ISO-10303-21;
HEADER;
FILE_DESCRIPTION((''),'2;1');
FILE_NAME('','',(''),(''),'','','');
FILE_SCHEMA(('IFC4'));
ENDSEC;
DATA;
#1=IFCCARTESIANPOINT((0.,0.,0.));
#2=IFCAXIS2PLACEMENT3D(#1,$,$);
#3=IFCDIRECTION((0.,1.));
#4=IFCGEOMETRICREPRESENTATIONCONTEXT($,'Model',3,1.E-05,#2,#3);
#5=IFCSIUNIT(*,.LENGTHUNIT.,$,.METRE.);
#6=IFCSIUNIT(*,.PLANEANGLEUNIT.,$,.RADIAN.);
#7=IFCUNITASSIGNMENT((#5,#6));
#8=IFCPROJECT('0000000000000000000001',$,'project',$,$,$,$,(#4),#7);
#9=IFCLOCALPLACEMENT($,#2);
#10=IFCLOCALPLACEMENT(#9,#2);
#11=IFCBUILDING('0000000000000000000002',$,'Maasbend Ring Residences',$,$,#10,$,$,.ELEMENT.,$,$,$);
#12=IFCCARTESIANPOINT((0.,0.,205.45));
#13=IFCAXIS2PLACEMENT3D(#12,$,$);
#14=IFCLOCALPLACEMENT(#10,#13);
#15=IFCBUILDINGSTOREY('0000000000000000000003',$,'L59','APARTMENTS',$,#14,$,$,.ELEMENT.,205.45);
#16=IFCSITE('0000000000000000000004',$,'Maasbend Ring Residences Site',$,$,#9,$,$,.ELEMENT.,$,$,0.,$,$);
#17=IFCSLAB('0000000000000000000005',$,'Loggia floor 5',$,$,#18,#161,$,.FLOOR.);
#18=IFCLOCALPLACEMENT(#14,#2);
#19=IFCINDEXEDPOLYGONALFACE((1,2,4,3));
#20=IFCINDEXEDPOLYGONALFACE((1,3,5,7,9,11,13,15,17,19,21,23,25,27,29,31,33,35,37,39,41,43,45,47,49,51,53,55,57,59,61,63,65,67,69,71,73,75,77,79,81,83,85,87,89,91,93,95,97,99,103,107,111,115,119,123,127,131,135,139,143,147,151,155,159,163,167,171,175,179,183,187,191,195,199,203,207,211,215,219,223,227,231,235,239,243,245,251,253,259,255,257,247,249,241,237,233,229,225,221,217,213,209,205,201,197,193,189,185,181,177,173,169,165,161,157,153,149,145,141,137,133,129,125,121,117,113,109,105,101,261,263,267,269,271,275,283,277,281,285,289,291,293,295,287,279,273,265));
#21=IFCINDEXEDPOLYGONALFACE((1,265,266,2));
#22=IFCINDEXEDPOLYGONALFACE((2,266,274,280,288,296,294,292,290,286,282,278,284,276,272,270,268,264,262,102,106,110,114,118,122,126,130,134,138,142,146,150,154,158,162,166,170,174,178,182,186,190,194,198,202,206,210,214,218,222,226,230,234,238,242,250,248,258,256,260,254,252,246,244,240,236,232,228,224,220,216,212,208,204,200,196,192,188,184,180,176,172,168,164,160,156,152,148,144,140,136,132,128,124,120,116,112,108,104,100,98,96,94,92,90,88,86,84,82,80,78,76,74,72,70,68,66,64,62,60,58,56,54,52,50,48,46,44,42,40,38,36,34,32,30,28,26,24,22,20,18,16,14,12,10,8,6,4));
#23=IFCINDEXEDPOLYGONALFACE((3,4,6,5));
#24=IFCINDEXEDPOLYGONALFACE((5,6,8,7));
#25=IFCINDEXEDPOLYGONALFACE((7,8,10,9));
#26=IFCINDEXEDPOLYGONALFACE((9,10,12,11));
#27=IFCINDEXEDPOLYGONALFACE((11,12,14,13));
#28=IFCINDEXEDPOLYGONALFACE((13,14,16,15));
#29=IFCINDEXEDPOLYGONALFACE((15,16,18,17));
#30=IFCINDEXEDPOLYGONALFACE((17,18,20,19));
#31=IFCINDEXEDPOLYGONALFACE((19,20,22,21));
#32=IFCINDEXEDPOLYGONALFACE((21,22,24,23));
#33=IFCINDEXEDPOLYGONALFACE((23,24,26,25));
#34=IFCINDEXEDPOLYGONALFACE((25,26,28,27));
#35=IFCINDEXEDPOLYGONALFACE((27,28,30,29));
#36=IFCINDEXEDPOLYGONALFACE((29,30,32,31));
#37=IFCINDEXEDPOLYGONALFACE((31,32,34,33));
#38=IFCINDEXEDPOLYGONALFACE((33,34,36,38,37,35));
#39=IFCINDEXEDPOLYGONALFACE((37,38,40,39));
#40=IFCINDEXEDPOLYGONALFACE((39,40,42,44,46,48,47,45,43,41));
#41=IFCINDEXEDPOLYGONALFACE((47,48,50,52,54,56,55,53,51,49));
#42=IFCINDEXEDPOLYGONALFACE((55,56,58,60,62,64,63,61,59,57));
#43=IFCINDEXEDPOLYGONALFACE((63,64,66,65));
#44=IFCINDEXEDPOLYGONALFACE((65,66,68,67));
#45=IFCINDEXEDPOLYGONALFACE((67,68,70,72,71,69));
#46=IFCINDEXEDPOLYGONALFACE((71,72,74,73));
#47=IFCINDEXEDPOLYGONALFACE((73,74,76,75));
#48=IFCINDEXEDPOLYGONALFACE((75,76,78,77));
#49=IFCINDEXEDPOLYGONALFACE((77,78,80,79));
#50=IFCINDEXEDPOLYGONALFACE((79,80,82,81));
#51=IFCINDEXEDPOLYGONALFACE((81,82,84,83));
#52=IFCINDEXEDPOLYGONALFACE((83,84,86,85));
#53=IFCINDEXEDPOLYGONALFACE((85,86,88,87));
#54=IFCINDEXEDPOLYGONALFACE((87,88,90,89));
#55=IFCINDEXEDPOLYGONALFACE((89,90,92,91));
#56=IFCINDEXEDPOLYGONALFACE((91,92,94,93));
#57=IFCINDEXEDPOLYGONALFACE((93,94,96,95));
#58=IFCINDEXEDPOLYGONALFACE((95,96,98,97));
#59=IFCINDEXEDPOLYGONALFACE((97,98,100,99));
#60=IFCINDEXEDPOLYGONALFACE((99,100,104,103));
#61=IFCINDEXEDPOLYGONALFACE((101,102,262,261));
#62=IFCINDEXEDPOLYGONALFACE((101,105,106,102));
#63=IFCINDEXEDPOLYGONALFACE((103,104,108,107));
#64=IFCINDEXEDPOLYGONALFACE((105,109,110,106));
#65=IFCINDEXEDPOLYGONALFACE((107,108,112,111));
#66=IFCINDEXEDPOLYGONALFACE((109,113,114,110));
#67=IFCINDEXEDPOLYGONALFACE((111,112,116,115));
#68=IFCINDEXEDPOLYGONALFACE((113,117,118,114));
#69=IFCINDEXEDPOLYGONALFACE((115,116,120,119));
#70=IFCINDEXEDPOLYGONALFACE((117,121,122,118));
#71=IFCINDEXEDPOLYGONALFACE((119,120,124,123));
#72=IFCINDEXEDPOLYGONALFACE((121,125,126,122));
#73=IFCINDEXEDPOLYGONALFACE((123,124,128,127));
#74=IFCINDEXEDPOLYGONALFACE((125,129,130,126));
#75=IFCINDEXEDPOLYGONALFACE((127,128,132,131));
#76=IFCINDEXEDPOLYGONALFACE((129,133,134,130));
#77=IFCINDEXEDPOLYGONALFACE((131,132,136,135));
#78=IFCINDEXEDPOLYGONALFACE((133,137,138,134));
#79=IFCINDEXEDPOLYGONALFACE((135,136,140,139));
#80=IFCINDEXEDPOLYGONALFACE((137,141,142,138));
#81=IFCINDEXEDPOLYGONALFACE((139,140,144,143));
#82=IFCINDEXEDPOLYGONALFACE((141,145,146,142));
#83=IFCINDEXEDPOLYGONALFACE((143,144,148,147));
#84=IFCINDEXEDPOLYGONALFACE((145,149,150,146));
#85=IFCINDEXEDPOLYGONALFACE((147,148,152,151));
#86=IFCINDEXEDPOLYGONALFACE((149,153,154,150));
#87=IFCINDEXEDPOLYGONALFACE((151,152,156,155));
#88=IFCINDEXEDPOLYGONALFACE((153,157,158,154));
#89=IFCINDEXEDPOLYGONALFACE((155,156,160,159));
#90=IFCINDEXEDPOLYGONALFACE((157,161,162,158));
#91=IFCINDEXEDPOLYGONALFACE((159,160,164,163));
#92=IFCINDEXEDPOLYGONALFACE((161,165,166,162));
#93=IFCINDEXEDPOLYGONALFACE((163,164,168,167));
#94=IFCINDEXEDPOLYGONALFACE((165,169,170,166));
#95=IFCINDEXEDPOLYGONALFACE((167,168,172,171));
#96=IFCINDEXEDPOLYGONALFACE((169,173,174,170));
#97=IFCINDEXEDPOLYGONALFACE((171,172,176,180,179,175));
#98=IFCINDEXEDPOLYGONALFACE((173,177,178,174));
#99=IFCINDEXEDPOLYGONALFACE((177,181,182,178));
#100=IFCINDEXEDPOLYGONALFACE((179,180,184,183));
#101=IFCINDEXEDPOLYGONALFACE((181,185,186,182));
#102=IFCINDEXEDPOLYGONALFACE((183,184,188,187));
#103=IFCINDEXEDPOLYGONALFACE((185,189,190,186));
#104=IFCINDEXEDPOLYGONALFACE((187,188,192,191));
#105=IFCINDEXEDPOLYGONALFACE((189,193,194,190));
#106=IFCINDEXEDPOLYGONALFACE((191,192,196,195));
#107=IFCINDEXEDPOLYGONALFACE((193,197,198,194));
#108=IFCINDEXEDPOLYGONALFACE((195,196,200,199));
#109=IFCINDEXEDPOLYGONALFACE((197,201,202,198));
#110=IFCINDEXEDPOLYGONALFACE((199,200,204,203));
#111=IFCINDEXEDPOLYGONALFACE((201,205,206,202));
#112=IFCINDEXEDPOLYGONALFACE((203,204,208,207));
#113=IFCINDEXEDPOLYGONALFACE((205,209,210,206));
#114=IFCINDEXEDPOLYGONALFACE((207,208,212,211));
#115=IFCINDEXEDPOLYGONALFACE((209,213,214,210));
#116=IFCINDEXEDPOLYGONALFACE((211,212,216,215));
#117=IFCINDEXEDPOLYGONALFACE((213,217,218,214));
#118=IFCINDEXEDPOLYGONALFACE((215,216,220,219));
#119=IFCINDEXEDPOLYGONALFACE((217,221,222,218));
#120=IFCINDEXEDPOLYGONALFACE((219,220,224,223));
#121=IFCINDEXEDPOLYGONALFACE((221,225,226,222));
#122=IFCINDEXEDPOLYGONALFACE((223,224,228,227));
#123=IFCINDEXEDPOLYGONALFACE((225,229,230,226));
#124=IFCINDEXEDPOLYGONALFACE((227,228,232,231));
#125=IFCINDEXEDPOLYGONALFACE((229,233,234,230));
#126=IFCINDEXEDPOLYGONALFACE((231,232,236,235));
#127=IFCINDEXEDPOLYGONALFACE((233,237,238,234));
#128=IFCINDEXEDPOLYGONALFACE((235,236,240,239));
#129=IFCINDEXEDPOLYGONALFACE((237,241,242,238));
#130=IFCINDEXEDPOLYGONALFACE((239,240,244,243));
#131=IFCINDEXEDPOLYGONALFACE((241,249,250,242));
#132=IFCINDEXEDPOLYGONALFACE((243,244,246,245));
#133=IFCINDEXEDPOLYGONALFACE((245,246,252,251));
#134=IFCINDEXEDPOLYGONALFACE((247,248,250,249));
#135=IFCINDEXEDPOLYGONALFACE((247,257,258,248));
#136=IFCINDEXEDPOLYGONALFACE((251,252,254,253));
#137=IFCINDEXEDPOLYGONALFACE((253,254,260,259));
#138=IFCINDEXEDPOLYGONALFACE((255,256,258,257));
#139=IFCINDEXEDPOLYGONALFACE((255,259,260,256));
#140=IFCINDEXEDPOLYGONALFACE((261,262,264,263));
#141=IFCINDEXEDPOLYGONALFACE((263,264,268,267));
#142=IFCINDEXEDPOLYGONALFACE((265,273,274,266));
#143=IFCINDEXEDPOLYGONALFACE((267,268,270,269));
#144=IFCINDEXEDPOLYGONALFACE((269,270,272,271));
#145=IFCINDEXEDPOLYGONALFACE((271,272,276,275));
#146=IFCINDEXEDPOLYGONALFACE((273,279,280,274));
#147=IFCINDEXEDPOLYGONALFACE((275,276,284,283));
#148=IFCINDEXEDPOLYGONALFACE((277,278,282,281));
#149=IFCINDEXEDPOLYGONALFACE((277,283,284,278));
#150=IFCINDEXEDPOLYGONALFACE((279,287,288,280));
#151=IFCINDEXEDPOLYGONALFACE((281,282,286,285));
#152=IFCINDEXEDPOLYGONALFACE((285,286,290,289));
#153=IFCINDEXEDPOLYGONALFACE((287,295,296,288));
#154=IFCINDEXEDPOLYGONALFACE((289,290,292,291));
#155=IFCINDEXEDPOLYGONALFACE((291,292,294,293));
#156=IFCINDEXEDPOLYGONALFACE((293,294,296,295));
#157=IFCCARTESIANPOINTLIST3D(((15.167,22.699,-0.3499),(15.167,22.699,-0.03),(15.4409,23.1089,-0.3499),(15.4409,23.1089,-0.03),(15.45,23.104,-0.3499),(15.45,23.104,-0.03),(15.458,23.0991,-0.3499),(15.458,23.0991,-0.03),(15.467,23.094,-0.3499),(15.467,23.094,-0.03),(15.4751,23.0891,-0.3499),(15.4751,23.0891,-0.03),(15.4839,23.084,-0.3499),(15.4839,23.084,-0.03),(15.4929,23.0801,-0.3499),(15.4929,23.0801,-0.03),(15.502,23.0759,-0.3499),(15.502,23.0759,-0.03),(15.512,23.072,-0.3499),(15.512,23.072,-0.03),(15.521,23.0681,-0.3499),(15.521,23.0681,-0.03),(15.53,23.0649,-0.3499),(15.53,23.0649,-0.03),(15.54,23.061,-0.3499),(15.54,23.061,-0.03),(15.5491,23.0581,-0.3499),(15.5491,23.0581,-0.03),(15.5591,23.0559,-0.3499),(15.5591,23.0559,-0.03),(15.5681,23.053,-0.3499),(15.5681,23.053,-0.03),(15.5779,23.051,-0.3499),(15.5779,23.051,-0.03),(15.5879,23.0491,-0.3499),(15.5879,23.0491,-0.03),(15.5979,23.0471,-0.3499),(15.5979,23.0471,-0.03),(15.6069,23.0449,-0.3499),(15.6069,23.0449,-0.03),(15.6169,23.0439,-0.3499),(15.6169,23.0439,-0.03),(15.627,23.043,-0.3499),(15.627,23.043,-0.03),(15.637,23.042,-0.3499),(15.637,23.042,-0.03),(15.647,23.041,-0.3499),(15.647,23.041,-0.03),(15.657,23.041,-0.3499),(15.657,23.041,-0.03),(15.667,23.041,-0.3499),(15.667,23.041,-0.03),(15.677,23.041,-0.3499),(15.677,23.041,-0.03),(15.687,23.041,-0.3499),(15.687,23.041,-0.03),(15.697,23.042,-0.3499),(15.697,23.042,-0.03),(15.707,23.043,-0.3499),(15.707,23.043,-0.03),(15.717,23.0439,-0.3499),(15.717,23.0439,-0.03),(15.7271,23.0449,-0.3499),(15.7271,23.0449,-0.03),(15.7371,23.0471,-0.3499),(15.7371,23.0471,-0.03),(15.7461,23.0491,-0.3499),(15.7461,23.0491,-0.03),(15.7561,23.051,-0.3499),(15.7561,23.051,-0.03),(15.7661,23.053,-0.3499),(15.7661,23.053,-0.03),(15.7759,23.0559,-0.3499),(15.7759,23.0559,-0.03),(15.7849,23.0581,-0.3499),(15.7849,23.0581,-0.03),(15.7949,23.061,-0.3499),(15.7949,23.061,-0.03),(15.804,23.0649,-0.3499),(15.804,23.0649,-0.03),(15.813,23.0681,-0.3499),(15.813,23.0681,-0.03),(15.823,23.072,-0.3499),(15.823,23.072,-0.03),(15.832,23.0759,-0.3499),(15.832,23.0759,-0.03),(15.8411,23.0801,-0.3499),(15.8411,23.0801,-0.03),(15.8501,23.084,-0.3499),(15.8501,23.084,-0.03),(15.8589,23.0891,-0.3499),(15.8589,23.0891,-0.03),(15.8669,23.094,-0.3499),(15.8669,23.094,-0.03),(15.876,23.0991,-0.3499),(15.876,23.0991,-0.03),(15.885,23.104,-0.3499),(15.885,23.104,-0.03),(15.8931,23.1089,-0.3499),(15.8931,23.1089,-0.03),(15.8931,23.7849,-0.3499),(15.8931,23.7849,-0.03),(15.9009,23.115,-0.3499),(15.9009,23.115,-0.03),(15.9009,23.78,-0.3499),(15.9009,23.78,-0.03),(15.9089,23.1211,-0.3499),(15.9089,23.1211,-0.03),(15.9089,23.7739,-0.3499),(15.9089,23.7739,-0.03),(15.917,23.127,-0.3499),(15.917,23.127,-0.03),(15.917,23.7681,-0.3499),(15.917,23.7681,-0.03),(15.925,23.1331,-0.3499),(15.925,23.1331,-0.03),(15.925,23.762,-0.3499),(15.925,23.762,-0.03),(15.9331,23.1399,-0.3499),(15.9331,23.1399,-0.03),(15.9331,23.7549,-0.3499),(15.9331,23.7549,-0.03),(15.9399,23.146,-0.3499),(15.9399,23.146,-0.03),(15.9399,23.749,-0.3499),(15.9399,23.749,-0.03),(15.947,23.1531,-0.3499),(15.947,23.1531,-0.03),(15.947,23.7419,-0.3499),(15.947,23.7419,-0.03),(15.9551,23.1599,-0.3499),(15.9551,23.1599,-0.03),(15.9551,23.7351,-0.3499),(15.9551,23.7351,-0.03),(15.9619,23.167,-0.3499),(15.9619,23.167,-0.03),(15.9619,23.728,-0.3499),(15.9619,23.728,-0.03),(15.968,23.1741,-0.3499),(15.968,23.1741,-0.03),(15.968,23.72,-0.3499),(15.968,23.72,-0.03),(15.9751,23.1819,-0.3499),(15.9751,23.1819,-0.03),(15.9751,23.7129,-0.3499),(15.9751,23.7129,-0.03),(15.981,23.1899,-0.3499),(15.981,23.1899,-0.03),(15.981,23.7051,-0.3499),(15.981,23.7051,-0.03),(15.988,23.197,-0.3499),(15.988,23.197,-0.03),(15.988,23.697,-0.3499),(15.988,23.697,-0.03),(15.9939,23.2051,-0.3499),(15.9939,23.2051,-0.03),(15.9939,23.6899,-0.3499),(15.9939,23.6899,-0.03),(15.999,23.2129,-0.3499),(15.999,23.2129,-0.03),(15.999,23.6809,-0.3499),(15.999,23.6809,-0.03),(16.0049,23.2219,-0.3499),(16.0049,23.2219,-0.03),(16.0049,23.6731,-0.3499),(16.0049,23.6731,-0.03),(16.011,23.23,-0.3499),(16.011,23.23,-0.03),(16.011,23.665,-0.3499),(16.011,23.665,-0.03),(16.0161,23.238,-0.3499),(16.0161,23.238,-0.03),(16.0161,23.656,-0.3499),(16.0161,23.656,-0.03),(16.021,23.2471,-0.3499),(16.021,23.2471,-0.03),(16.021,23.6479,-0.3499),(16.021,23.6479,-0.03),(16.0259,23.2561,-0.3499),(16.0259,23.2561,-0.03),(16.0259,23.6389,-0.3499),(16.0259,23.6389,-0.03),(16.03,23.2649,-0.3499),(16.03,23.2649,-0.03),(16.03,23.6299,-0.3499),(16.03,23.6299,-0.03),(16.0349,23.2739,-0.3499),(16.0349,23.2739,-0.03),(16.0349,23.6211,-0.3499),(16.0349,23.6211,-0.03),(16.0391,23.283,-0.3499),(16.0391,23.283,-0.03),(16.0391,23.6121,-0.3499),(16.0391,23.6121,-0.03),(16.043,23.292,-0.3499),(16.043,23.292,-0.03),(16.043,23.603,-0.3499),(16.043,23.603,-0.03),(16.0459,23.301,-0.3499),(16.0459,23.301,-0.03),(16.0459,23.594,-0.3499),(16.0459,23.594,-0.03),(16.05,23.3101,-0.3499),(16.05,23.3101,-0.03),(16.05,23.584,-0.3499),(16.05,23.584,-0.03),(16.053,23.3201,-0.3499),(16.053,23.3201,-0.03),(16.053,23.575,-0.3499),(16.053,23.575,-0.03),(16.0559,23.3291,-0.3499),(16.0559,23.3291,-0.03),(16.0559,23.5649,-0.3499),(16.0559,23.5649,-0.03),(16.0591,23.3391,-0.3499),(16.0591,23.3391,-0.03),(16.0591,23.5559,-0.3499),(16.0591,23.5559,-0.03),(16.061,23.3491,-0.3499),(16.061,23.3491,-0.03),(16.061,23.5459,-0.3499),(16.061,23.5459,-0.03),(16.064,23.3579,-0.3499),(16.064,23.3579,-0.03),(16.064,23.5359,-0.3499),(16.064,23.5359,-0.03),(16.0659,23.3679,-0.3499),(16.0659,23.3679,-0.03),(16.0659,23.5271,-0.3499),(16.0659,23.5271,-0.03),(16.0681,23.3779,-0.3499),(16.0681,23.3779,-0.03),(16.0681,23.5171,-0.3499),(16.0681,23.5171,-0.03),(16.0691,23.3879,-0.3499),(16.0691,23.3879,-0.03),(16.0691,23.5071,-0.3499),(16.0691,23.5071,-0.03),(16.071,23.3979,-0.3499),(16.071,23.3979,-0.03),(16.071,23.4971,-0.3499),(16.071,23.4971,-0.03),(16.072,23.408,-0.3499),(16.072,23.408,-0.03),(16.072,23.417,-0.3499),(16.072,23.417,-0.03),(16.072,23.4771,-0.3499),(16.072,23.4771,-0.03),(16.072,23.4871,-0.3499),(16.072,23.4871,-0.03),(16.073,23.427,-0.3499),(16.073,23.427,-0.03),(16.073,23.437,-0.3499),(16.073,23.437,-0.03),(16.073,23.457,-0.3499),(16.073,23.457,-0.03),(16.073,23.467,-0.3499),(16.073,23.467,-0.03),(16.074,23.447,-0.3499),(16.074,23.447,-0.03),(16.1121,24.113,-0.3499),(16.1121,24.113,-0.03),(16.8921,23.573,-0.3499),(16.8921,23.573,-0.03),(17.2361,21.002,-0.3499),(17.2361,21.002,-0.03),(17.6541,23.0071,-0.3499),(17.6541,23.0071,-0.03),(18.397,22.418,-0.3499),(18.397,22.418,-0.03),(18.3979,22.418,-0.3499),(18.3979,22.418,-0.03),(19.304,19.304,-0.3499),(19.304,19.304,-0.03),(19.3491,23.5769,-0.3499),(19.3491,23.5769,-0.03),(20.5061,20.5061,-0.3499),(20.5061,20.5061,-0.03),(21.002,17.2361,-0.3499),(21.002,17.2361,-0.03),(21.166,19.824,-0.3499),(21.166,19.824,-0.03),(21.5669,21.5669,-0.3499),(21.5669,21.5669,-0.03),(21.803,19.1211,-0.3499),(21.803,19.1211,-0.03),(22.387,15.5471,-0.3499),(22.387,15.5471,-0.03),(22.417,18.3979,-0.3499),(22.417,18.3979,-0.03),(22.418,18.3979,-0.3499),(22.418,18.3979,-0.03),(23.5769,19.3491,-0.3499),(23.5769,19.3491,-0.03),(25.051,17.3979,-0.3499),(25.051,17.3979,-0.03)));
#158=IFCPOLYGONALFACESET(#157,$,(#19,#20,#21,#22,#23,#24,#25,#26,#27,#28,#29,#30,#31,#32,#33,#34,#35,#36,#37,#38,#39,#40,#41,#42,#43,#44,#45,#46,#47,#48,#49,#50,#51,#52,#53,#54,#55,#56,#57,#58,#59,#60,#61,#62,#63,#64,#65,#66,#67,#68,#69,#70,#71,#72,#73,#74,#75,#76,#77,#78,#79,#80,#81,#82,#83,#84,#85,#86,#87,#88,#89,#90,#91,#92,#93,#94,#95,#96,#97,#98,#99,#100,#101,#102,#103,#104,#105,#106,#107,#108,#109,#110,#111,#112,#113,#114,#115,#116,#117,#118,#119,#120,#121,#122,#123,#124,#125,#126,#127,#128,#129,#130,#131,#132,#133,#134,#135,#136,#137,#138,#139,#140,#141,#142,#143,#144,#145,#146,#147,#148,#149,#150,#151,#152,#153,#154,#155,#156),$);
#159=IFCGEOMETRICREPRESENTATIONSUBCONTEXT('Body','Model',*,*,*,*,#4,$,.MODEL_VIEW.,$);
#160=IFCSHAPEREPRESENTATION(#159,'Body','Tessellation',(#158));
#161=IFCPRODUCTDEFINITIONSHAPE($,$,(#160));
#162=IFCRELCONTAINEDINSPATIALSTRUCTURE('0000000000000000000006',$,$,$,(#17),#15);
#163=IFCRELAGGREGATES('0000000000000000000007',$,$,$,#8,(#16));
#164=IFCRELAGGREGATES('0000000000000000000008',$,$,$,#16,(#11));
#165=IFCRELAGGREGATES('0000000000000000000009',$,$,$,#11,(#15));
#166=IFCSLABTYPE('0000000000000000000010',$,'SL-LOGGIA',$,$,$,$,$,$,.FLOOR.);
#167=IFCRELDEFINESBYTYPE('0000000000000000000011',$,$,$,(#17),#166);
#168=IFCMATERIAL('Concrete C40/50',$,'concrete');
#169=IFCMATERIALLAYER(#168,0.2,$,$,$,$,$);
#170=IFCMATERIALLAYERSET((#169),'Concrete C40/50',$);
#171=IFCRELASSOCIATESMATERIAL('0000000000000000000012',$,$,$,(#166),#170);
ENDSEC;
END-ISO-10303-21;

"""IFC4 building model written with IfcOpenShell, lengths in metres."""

from ifc_helpers import new_model, si_unit, direction, frame, origin, place, context, subcontext, project, spatial, polyline, outline, extrude, material, layer, layer_set, type_object, element, save


model = new_model("IFC4")

# Units and contexts
model_context = context("Model", 3, precision=1e-05, world=origin(), true_north=direction((0.0, 1.0)))
body_context = subcontext(model_context, "Body", "Model", "MODEL_VIEW")
ifc_project = project(units=[si_unit("LENGTHUNIT", "METRE"), si_unit("PLANEANGLEUNIT", "RADIAN")], contexts=[model_context])

# Site, building, storey
site_placement = place(None, origin())
site = spatial("IfcSite", under=ifc_project, at=site_placement, Name="Maasbend Ring Residences Site", CompositionType="ELEMENT", RefElevation=0.0)
building_placement = place(site_placement, origin())
building = spatial("IfcBuilding", under=site, at=building_placement, Name="Maasbend Ring Residences", CompositionType="ELEMENT")
storey_placement = place(building_placement, frame((0.0, 0.0, 205.45)))
storey = spatial("IfcBuildingStorey", under=building, at=storey_placement, Name="L59", Description="APARTMENTS", CompositionType="ELEMENT", Elevation=205.45)

# Slab
ifc_material_1 = material(Name="Concrete C40/50", Category="concrete")
ifc_layer_1 = layer(ifc_material_1, 0.2)
ifc_layer_set_1 = layer_set([ifc_layer_1], Name="Concrete C40/50")
slab_type = type_object("IfcSlabType", Name="SL-LOGGIA", PredefinedType="FLOOR", material=ifc_layer_set_1)
slab_1_placement = place(storey_placement, frame((0.0, 0.0, -0.3499)))
element("IfcSlab", 1, at=slab_1_placement, inside=storey, type_object=slab_type, Name="Loggia floor 5", PredefinedType="FLOOR", context=body_context, shape_type="SweptSolid", body=[
    extrude(outline(polyline([(15.458, 23.0991), (15.467, 23.094), (15.4751, 23.0891), (15.4839, 23.084), (15.4929, 23.0801), (15.502, 23.0759), (15.512, 23.072), (15.521, 23.0681), (15.53, 23.0649), (15.54, 23.061), (15.5491, 23.0581), (15.5591, 23.0559), (15.5681, 23.053), (15.5779, 23.051), (15.5879, 23.0491), (15.5979, 23.0471), (15.6069, 23.0449), (15.6169, 23.0439), (15.627, 23.043), (15.637, 23.042), (15.647, 23.041), (15.657, 23.041), (15.667, 23.041), (15.677, 23.041), (15.687, 23.041), (15.697, 23.042), (15.707, 23.043), (15.717, 23.0439), (15.7271, 23.0449), (15.7371, 23.0471), (15.7461, 23.0491), (15.7561, 23.051), (15.7661, 23.053), (15.7759, 23.0559), (15.7849, 23.0581), (15.7949, 23.061), (15.804, 23.0649), (15.813, 23.0681), (15.823, 23.072), (15.832, 23.0759), (15.8411, 23.0801), (15.8501, 23.084), (15.8589, 23.0891), (15.8669, 23.094), (15.876, 23.0991), (15.885, 23.104), (15.8931, 23.1089), (15.9009, 23.115), (15.9089, 23.1211), (15.917, 23.127), (15.925, 23.1331), (15.9331, 23.1399), (15.9399, 23.146), (15.947, 23.1531), (15.9551, 23.1599), (15.9619, 23.167), (15.968, 23.1741), (15.9751, 23.1819), (15.981, 23.1899), (15.988, 23.197), (15.9939, 23.2051), (15.999, 23.2129), (16.0049, 23.2219), (16.011, 23.23), (16.0161, 23.238), (16.021, 23.2471), (16.0259, 23.2561), (16.03, 23.2649), (16.0349, 23.2739), (16.0391, 23.283), (16.043, 23.292), (16.0459, 23.301), (16.05, 23.3101), (16.053, 23.3201), (16.0559, 23.3291), (16.0591, 23.3391), (16.061, 23.3491), (16.064, 23.3579), (16.0659, 23.3679), (16.0681, 23.3779), (16.0691, 23.3879), (16.071, 23.3979), (16.072, 23.408), (16.072, 23.417), (16.073, 23.427), (16.073, 23.437), (16.074, 23.447), (16.073, 23.457), (16.073, 23.467), (16.072, 23.4771), (16.072, 23.4871), (16.071, 23.4971), (16.0691, 23.5071), (16.0681, 23.5171), (16.0659, 23.5271), (16.064, 23.5359), (16.061, 23.5459), (16.0591, 23.5559), (16.0559, 23.5649), (16.053, 23.575), (16.05, 23.584), (16.0459, 23.594), (16.043, 23.603), (16.0391, 23.6121), (16.0349, 23.6211), (16.03, 23.6299), (16.0259, 23.6389), (16.021, 23.6479), (16.0161, 23.656), (16.011, 23.665), (16.0049, 23.6731), (15.999, 23.6809), (15.9939, 23.6899), (15.988, 23.697), (15.981, 23.7051), (15.9751, 23.7129), (15.968, 23.72), (15.9619, 23.728), (15.9551, 23.7351), (15.947, 23.7419), (15.9399, 23.749), (15.9331, 23.7549), (15.925, 23.762), (15.917, 23.7681), (15.9089, 23.7739), (15.9009, 23.78), (15.8931, 23.7849), (15.8931, 23.7849), (16.1121, 24.113), (16.1121, 24.113), (16.1121, 24.113), (16.8921, 23.573), (16.8921, 23.573), (17.6541, 23.0071), (17.6541, 23.0071), (18.397, 22.418), (18.397, 22.418), (18.397, 22.418), (18.397, 22.418), (18.397, 22.418), (18.397, 22.418), (18.397, 22.418), (18.397, 22.418), (18.397, 22.418), (18.397, 22.418), (18.397, 22.418), (18.3979, 22.418), (18.3979, 22.418), (18.3979, 22.418), (18.3979, 22.418), (18.3979, 22.418), (18.3979, 22.418), (19.3491, 23.5769), (19.3491, 23.5769), (19.3491, 23.5769), (21.5669, 21.5669), (21.5669, 21.5669), (21.5669, 21.5669), (20.5061, 20.5061), (20.5061, 20.5061), (20.5061, 20.5061), (20.5061, 20.5061), (20.5061, 20.5061), (20.5061, 20.5061), (20.5061, 20.5061), (20.5061, 20.5061), (20.5061, 20.5061), (20.5061, 20.5061), (20.5061, 20.5061), (20.5061, 20.5061), (20.5061, 20.5061), (20.5061, 20.5061), (20.5061, 20.5061), (20.5061, 20.5061), (20.5061, 20.5061), (21.166, 19.824), (21.166, 19.824), (21.803, 19.1211), (21.803, 19.1211), (22.417, 18.3979), (22.417, 18.3979), (22.417, 18.3979), (22.417, 18.3979), (22.417, 18.3979), (22.417, 18.3979), (22.417, 18.3979), (22.417, 18.3979), (22.417, 18.3979), (22.417, 18.3979), (22.417, 18.3979), (22.417, 18.3979), (22.418, 18.3979), (22.418, 18.3979), (22.418, 18.3979), (22.418, 18.3979), (22.418, 18.3979), (23.5769, 19.3491), (23.5769, 19.3491), (23.5769, 19.3491), (25.051, 17.3979), (25.051, 17.3979), (25.051, 17.3979), (22.387, 15.5471), (22.387, 15.5471), (22.387, 15.5471), (21.002, 17.2361), (19.304, 19.304), (19.304, 19.304), (19.304, 19.304), (17.2361, 21.002), (15.167, 22.699), (15.167, 22.699), (15.167, 22.699), (15.4409, 23.1089), (15.4409, 23.1089), (15.45, 23.104), (15.458, 23.0991)])), origin(), (0.0, 0.0, 1.0), 0.3198),
])

save(model, "model.ifc")
